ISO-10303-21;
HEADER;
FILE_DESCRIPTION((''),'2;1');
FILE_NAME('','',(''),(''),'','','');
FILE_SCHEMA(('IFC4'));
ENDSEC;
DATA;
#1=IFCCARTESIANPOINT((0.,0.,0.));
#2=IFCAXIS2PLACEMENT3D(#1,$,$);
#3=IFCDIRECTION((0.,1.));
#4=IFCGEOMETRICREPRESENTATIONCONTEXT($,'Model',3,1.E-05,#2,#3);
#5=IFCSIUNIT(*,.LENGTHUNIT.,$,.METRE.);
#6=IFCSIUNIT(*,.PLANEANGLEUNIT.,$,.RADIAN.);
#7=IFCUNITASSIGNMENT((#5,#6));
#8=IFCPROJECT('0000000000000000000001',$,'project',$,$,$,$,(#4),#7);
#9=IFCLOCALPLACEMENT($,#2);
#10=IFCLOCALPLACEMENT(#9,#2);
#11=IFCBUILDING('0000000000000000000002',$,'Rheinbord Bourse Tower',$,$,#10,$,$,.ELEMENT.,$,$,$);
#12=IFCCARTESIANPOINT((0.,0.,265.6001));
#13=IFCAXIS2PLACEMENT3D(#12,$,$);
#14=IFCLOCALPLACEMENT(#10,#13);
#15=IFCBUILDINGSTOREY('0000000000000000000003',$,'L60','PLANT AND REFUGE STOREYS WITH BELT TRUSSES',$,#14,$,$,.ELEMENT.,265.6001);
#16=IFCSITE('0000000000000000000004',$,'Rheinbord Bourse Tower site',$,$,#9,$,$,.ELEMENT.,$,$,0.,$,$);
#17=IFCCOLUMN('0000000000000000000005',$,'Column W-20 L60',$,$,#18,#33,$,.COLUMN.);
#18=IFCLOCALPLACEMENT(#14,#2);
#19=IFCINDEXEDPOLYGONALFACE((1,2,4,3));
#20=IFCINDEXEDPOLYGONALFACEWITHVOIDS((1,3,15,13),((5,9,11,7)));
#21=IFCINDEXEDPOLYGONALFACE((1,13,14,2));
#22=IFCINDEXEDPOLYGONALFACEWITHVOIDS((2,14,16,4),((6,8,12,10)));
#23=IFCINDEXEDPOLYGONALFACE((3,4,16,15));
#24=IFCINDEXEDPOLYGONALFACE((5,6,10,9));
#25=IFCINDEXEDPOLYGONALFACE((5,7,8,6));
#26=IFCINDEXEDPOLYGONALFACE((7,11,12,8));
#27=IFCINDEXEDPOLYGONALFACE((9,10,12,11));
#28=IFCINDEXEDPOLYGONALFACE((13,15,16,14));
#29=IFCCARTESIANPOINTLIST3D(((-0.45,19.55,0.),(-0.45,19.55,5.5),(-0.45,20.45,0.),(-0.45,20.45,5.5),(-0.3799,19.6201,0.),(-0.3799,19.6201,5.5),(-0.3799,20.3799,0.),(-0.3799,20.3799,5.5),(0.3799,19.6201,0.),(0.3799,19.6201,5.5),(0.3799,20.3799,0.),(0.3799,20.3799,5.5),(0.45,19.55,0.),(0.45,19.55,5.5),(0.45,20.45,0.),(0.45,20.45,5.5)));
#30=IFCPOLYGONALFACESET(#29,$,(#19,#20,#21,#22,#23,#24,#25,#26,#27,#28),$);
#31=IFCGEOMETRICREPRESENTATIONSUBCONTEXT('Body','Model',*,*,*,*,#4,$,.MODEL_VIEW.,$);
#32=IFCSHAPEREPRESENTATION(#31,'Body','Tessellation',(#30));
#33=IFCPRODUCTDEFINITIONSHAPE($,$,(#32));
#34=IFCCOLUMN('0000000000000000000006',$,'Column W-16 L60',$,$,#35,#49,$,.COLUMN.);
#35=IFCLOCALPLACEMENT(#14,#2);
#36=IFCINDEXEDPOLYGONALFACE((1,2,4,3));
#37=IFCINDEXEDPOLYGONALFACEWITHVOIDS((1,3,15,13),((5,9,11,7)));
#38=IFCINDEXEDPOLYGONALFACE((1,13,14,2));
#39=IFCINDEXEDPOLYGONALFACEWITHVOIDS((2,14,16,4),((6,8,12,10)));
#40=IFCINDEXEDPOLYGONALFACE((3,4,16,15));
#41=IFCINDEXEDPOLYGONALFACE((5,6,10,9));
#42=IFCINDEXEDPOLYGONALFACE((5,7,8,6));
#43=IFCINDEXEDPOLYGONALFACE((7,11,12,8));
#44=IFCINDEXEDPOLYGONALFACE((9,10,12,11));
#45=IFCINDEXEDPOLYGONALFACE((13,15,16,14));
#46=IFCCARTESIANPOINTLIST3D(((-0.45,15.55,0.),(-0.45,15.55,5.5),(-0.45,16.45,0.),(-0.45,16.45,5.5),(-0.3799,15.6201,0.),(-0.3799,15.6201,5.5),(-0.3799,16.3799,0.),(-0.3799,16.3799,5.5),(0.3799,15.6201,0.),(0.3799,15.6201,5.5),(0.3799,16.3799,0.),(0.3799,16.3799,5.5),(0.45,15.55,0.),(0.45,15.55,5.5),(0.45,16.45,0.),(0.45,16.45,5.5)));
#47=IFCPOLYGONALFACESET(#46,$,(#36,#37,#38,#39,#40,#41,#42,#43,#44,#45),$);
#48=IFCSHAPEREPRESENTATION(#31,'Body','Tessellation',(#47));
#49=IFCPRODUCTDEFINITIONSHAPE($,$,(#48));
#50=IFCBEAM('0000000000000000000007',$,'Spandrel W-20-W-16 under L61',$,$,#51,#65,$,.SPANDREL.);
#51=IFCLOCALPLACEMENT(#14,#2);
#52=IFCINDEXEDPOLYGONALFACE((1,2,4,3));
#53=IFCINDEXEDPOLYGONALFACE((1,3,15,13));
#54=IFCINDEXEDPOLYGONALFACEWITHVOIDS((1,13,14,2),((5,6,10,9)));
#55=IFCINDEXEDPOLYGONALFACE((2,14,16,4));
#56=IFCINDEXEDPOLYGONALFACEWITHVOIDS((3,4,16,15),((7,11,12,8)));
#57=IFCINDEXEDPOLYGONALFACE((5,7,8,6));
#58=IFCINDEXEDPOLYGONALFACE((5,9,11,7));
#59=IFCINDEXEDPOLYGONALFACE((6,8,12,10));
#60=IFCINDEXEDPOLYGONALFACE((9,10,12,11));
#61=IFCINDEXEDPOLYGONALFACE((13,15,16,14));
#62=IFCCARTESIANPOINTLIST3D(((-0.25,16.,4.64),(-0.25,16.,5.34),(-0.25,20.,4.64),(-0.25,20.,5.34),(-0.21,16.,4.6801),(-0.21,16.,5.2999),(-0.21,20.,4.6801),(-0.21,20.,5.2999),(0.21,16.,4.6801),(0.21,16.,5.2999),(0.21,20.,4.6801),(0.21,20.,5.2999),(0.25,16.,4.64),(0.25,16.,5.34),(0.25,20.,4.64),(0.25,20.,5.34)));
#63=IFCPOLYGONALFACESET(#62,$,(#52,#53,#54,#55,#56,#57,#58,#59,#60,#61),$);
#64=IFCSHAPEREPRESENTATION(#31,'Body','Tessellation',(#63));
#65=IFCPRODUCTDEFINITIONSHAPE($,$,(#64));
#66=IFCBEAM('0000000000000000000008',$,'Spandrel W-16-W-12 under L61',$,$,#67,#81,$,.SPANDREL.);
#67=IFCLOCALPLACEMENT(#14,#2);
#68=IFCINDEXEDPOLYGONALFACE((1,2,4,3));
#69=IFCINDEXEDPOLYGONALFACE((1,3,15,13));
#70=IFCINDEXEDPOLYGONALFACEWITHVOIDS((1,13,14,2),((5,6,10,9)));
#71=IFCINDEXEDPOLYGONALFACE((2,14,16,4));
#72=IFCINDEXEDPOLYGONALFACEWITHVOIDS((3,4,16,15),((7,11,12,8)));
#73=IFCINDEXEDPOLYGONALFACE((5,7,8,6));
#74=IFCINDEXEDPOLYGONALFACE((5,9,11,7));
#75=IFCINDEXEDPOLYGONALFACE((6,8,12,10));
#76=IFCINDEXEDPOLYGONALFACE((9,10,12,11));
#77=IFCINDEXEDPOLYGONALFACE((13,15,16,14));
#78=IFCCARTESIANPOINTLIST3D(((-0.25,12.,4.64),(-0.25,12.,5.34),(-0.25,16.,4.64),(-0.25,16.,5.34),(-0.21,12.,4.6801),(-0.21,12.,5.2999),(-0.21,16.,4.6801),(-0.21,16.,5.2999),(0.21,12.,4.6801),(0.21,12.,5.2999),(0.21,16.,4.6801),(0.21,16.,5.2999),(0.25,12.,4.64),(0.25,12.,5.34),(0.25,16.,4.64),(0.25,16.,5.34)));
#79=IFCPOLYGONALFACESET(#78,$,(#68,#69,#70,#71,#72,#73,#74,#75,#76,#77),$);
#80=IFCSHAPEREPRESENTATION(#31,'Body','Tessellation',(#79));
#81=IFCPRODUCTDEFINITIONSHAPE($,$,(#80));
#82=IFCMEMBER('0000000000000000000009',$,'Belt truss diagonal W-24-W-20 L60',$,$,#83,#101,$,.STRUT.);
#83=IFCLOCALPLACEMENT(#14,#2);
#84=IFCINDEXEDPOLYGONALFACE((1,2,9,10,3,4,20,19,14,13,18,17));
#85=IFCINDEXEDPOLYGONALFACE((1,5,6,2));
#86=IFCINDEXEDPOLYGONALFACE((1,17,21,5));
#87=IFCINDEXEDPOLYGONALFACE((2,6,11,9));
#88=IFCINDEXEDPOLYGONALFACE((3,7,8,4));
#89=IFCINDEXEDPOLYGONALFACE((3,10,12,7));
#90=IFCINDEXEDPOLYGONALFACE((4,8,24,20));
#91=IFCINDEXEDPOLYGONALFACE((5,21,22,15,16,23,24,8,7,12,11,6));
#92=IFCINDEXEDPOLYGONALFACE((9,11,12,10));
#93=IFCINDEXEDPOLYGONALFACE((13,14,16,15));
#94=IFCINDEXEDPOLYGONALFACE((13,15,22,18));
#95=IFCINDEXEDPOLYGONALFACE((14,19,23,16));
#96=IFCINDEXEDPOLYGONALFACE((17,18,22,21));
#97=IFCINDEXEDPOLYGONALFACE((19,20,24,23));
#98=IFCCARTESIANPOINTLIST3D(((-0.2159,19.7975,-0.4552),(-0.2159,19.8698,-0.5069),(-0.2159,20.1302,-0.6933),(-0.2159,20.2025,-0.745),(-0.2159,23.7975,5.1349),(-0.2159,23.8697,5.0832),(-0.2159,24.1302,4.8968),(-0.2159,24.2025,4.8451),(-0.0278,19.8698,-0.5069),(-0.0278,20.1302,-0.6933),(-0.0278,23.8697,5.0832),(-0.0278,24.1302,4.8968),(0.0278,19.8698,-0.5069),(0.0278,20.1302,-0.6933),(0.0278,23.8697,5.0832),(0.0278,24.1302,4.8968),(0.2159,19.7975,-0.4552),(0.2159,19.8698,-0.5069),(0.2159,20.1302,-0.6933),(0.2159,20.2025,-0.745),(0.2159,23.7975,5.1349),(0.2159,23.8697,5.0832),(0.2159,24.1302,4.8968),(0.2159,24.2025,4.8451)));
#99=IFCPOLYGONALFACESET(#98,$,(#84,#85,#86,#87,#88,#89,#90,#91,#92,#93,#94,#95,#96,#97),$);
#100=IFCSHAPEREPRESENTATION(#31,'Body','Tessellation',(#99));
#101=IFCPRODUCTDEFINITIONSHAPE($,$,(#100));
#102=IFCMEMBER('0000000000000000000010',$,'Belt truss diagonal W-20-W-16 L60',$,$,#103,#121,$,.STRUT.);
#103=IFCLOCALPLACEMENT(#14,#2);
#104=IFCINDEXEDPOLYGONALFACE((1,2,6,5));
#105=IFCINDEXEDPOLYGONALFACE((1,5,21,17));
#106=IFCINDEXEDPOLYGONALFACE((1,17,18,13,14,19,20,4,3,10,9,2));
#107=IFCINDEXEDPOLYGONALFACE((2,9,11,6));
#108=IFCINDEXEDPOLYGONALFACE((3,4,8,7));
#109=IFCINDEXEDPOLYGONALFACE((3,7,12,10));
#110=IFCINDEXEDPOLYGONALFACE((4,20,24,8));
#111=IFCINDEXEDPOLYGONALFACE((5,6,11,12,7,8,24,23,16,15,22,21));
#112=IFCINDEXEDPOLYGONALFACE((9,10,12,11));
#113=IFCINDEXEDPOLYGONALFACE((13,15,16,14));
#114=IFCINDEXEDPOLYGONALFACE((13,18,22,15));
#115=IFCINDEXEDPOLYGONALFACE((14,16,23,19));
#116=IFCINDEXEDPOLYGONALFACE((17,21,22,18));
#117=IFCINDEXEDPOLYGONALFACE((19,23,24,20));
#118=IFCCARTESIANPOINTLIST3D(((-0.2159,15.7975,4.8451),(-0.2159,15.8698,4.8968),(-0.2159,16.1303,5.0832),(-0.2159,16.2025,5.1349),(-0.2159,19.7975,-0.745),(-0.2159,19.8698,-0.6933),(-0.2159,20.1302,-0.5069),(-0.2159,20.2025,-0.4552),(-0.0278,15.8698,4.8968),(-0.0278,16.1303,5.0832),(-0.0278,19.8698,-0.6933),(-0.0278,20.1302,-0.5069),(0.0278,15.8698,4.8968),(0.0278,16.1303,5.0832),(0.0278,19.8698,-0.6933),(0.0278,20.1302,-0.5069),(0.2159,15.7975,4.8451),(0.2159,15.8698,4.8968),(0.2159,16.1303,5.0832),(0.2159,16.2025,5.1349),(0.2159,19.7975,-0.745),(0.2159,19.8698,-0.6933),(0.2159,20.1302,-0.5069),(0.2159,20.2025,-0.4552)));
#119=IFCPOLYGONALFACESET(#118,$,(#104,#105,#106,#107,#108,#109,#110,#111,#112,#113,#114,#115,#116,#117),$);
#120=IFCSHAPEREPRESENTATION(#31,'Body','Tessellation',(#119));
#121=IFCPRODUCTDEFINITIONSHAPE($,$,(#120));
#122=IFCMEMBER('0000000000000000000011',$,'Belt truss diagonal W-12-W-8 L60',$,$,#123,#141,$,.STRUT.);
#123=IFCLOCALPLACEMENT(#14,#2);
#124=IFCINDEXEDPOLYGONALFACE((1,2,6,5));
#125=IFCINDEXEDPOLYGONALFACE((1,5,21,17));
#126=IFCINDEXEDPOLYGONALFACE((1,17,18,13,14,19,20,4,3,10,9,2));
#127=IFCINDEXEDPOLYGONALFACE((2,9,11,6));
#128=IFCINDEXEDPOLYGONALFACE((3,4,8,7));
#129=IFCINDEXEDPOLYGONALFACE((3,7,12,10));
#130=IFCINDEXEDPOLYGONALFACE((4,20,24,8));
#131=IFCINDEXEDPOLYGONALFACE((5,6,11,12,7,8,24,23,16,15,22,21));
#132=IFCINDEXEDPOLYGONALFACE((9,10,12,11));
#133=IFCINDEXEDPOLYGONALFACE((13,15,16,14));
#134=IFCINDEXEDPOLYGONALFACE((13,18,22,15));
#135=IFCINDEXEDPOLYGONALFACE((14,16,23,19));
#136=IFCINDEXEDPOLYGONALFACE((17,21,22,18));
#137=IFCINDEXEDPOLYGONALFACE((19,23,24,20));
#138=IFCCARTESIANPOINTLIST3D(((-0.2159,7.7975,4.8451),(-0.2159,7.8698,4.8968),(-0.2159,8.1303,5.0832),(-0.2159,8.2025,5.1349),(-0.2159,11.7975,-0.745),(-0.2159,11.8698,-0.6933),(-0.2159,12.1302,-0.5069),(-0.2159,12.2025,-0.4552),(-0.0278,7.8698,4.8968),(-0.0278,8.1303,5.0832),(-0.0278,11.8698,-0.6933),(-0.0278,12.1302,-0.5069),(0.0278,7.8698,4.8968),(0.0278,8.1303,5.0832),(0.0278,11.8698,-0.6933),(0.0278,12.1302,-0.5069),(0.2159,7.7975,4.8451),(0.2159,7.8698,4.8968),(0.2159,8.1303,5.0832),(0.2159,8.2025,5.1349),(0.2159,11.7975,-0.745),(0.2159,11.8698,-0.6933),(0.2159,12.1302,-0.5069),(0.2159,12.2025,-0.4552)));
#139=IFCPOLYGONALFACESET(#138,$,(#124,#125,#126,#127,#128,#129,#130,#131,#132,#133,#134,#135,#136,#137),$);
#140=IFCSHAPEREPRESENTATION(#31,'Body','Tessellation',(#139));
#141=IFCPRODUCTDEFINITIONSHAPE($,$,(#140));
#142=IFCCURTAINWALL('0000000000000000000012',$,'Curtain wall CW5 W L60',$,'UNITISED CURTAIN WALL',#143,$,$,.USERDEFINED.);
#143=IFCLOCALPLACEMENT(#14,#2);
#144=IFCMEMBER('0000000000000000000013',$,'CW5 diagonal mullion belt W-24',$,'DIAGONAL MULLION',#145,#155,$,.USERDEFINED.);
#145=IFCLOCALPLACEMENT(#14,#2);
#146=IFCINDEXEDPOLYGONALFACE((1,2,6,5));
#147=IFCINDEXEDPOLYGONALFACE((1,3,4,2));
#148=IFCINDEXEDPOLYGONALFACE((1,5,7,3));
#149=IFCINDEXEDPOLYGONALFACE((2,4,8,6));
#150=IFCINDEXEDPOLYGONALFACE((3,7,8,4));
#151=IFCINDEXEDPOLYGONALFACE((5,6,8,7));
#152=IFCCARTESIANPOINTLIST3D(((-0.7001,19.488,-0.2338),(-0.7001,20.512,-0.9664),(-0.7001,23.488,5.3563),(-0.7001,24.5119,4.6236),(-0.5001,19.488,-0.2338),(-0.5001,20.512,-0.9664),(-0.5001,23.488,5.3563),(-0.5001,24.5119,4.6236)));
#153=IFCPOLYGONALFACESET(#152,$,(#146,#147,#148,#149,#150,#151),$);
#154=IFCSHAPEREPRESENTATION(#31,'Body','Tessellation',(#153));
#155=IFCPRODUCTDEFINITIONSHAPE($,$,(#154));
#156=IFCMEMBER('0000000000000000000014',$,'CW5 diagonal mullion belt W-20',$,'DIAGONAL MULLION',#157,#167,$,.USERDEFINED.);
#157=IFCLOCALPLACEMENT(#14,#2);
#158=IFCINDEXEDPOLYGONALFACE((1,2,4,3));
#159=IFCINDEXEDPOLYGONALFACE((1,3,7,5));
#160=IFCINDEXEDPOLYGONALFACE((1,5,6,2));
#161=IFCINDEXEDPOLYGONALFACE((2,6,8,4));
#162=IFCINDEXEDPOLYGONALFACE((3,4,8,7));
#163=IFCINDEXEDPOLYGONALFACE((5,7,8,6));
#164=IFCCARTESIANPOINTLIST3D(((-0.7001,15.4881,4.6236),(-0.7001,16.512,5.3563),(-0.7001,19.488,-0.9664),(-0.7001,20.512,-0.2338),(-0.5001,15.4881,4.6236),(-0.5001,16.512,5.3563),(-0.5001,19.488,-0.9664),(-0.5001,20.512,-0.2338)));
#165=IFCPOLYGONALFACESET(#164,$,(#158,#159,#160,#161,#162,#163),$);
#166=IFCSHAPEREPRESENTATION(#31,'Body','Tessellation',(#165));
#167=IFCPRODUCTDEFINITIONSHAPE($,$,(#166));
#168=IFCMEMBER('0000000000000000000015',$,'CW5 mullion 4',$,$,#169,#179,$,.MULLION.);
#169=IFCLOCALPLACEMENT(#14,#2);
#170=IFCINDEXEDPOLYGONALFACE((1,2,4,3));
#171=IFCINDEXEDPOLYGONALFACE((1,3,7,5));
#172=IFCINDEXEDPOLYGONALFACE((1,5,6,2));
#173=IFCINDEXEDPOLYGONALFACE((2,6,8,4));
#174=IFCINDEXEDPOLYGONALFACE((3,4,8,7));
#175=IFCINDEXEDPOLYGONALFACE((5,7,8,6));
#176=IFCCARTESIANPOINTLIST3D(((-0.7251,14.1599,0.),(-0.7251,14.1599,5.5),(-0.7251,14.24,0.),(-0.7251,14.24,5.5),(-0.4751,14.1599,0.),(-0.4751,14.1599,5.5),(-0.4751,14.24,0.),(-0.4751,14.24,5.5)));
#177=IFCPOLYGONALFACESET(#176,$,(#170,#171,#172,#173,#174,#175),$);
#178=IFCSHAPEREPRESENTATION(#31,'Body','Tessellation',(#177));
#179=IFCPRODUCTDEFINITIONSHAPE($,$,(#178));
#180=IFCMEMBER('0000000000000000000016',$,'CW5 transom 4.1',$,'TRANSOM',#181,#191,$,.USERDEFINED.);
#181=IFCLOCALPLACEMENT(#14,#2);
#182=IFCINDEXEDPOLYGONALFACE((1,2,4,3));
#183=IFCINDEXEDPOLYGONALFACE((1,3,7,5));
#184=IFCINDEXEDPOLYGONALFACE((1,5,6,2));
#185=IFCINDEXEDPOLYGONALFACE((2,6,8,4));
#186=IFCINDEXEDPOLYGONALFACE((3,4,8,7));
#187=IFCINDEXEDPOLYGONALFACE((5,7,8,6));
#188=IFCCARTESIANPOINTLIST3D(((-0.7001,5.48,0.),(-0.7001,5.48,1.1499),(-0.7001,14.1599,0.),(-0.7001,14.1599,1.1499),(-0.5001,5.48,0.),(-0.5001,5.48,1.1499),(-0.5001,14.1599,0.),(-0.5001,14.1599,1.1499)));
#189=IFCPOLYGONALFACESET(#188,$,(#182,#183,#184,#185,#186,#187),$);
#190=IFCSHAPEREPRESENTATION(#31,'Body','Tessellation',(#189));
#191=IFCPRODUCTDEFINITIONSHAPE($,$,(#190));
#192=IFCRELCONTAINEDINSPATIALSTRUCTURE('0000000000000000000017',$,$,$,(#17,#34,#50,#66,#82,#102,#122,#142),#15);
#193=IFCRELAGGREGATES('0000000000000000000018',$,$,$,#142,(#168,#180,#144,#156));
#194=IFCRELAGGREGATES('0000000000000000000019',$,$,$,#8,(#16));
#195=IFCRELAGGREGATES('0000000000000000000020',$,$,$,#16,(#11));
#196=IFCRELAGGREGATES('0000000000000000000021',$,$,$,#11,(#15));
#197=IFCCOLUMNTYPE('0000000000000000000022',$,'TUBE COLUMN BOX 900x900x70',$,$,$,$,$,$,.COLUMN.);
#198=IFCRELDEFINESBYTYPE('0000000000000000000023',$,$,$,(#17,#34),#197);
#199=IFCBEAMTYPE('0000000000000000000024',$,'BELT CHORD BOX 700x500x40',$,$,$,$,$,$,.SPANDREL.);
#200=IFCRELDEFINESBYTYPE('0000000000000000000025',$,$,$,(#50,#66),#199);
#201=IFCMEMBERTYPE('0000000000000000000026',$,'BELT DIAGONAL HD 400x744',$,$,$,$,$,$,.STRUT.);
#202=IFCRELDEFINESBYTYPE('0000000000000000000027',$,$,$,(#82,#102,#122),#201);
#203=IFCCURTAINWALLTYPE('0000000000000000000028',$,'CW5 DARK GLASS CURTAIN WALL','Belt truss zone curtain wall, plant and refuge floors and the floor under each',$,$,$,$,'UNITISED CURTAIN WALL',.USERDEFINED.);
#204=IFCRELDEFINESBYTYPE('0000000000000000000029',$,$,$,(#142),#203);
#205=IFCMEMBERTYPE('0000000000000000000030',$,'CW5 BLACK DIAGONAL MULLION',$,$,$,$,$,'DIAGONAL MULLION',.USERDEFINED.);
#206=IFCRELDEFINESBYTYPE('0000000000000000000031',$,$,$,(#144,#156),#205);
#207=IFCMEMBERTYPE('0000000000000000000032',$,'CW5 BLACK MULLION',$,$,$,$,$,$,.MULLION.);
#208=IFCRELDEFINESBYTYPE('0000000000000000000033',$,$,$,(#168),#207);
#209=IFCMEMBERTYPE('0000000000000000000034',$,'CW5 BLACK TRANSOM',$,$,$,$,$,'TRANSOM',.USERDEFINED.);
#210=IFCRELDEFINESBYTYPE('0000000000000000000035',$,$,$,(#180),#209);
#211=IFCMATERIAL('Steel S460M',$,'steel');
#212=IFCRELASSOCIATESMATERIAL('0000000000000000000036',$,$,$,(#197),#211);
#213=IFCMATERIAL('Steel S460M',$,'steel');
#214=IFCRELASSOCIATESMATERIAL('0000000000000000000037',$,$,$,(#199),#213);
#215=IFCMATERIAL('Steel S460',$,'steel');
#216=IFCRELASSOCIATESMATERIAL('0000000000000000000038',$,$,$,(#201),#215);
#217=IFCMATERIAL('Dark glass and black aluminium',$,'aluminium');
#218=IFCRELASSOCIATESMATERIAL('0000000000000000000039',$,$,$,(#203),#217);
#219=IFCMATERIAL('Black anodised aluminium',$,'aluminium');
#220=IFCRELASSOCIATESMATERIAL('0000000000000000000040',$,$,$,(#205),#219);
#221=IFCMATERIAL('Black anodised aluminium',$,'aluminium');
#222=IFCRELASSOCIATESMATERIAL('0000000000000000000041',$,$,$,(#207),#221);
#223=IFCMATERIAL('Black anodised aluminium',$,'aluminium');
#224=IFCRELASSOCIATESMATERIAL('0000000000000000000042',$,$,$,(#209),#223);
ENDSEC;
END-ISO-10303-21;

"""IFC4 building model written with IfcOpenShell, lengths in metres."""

from ifc_helpers import new_model, si_unit, direction, frame, origin, origin_2d, place, context, subcontext, project, spatial, rectangle, hollow_rectangle, i_section, extrude, material, material_profile, profile_set, type_object, element, aggregate, save


model = new_model("IFC4")

# Units and contexts
model_context = context("Model", 3, precision=1e-05, world=origin(), true_north=direction((0.0, 1.0)))
body_context = subcontext(model_context, "Body", "Model", "MODEL_VIEW")
ifc_project = project(units=[si_unit("LENGTHUNIT", "METRE"), si_unit("PLANEANGLEUNIT", "RADIAN")], contexts=[model_context])

# Site, building, storey
site_placement = place(None, origin())
site = spatial("IfcSite", under=ifc_project, at=site_placement, Name="Rheinbord Bourse Tower site", CompositionType="ELEMENT", RefElevation=0.0)
building_placement = place(site_placement, origin())
building = spatial("IfcBuilding", under=site, at=building_placement, Name="Rheinbord Bourse Tower", CompositionType="ELEMENT")
storey_placement = place(building_placement, frame((0.0, 0.0, 265.6001)))
storey = spatial("IfcBuildingStorey", under=building, at=storey_placement, Name="L60", Description="PLANT AND REFUGE STOREYS WITH BELT TRUSSES", CompositionType="ELEMENT", Elevation=265.6001)

# Columns
ifc_material_1 = material(Name="Steel S460M", Category="steel")
ifc_material_profile_1 = material_profile(ifc_material_1, hollow_rectangle(XDim=0.8999, YDim=0.8999, WallThickness=0.0701, at=origin_2d()), Name="BOX 900x900x70")
ifc_profile_set_1 = profile_set([ifc_material_profile_1], Name="Steel S460M")
column_type = type_object("IfcColumnType", Name="TUBE COLUMN BOX 900x900x70", PredefinedType="COLUMN", material=ifc_profile_set_1)
for number, where, z_axis, x_axis, name in (
    (1, (0.0, 20.0, 0.0), (0.0, 0.0, 1.0), (1.0, 0.0, 0.0), "Column W-20 L60"),
    (2, (0.0, 16.0, 0.0), (0.0, 0.0, 1.0), (1.0, 0.0, 0.0), "Column W-16 L60"),
):
    element("IfcColumn", number, at=place(storey_placement, frame(where, z_axis=z_axis, x_axis=x_axis)), inside=storey, type_object=column_type, Name=name, PredefinedType="COLUMN", context=body_context, shape_type="SweptSolid", body=[
        extrude(hollow_rectangle(XDim=0.8999, YDim=0.8999, WallThickness=0.0701, at=origin_2d()), origin(), (0.0, 0.0, 1.0), 5.5),
    ])

# Beams
ifc_material_2 = material(Name="Steel S460M", Category="steel")
ifc_material_profile_2 = material_profile(ifc_material_2, hollow_rectangle(XDim=0.5, YDim=0.7, WallThickness=0.04, at=origin_2d()), Name="BOX 700x500x40")
ifc_profile_set_2 = profile_set([ifc_material_profile_2], Name="Steel S460M")
beam_type_1 = type_object("IfcBeamType", Name="BELT CHORD BOX 700x500x40", PredefinedType="SPANDREL", material=ifc_profile_set_2)
for number, where, z_axis, x_axis, name in (
    (3, (0.0, 20.0, 4.99), (0.0, -1.0, 0.0), (1.0, 0.0, 0.0), "Spandrel W-20-W-16 under L61"),
    (4, (0.0, 16.0, 4.99), (0.0, -1.0, 0.0), (1.0, 0.0, 0.0), "Spandrel W-16-W-12 under L61"),
):
    element("IfcBeam", number, at=place(storey_placement, frame(where, z_axis=z_axis, x_axis=x_axis)), inside=storey, type_object=beam_type_1, Name=name, PredefinedType="SPANDREL", context=body_context, shape_type="SweptSolid", body=[
        extrude(hollow_rectangle(XDim=0.5, YDim=0.7, WallThickness=0.04, at=origin_2d()), origin(), (0.0, 0.0, 1.0), 4.0),
    ])

# Members
ifc_material_3 = material(Name="Steel S460", Category="steel")
ifc_material_profile_3 = material_profile(ifc_material_3, i_section(OverallWidth=0.4319, OverallDepth=0.498, WebThickness=0.0557, FlangeThickness=0.0889, at=origin_2d()), Name="HD 400x744")
ifc_profile_set_3 = profile_set([ifc_material_profile_3], Name="Steel S460")
member_type_1 = type_object("IfcMemberType", Name="BELT DIAGONAL HD 400x744", PredefinedType="STRUT", material=ifc_profile_set_3)
for number, where, z_axis, x_axis, name in (
    (5, (0.0, 20.0, -0.6001), (0.0, 0.58192, 0.813246), (-1.0, 0.0, 0.0), "Belt truss diagonal W-24-W-20 L60"),
    (6, (0.0, 20.0, -0.6001), (0.0, -0.58192, 0.813246), (1.0, 0.0, 0.0), "Belt truss diagonal W-20-W-16 L60"),
    (7, (0.0, 12.0, -0.6001), (0.0, -0.58192, 0.813246), (1.0, 0.0, 0.0), "Belt truss diagonal W-12-W-8 L60"),
):
    element("IfcMember", number, at=place(storey_placement, frame(where, z_axis=z_axis, x_axis=x_axis)), inside=storey, type_object=member_type_1, Name=name, PredefinedType="STRUT", context=body_context, shape_type="SweptSolid", body=[
        extrude(i_section(OverallWidth=0.4319, OverallDepth=0.498, WebThickness=0.0557, FlangeThickness=0.0889, at=origin_2d()), origin(), (0.0, 0.0, 1.0), 6.8738),
    ])

# Curtain wall, members
ifc_material_4 = material(Name="Dark glass and black aluminium", Category="aluminium")
curtain_wall_type = type_object("IfcCurtainWallType", Name="CW5 DARK GLASS CURTAIN WALL", Description="Belt truss zone curtain wall, plant and refuge floors and the floor under each", ElementType="UNITISED CURTAIN WALL", PredefinedType="USERDEFINED", material=ifc_material_4)
curtain_wall_placement = place(storey_placement, origin())
curtain_wall = element("IfcCurtainWall", 8, at=curtain_wall_placement, inside=storey, type_object=curtain_wall_type, Name="Curtain wall CW5 W L60", ObjectType="UNITISED CURTAIN WALL", PredefinedType="USERDEFINED")
ifc_material_5 = material(Name="Black anodised aluminium", Category="aluminium")
ifc_material_profile_4 = material_profile(ifc_material_5, rectangle(XDim=0.2, YDim=1.259, at=origin_2d()), Name="CW5 DIAGONAL MULLION 1259x200")
ifc_profile_set_4 = profile_set([ifc_material_profile_4], Name="Black anodised aluminium")
member_type_2 = type_object("IfcMemberType", Name="CW5 BLACK DIAGONAL MULLION", ElementType="DIAGONAL MULLION", PredefinedType="USERDEFINED", material=ifc_profile_set_4)
member_1_placement = place(storey_placement, frame((-0.6001, 20.0, -0.6001), z_axis=(0.0, 0.58192, 0.813246), x_axis=(-1.0, 0.0, 0.0)))
member_1 = element("IfcMember", 9, at=member_1_placement, type_object=member_type_2, Name="CW5 diagonal mullion belt W-24", ObjectType="DIAGONAL MULLION", PredefinedType="USERDEFINED", context=body_context, shape_type="SweptSolid", body=[
    extrude(rectangle(XDim=0.2, YDim=1.259, at=origin_2d()), origin(), (0.0, 0.0, 1.0), 6.8738),
])
member_2_placement = place(storey_placement, frame((-0.6001, 20.0, -0.6001), z_axis=(0.0, -0.58192, 0.813246), x_axis=(1.0, 0.0, 0.0)))
member_2 = element("IfcMember", 10, at=member_2_placement, type_object=member_type_2, Name="CW5 diagonal mullion belt W-20", ObjectType="DIAGONAL MULLION", PredefinedType="USERDEFINED", context=body_context, shape_type="SweptSolid", body=[
    extrude(rectangle(XDim=0.2, YDim=1.259, at=origin_2d()), origin(), (0.0, 0.0, 1.0), 6.8738),
])
ifc_material_6 = material(Name="Black anodised aluminium", Category="aluminium")
ifc_material_profile_5 = material_profile(ifc_material_6, rectangle(XDim=0.25, YDim=0.0801, at=origin_2d()), Name="CW5 MULLION 80x250")
ifc_profile_set_5 = profile_set([ifc_material_profile_5], Name="Black anodised aluminium")
member_type_3 = type_object("IfcMemberType", Name="CW5 BLACK MULLION", PredefinedType="MULLION", material=ifc_profile_set_5)
member_3_placement = place(storey_placement, frame((-0.6001, 14.2, 0.0), z_axis=(0.0, 0.0, 1.0), x_axis=(1.0, 0.0, 0.0)))
member_3 = element("IfcMember", 11, at=member_3_placement, type_object=member_type_3, Name="CW5 mullion 4", PredefinedType="MULLION", context=body_context, shape_type="SweptSolid", body=[
    extrude(rectangle(XDim=0.25, YDim=0.0801, at=origin_2d()), origin(), (0.0, 0.0, 1.0), 5.5),
])
ifc_material_7 = material(Name="Black anodised aluminium", Category="aluminium")
ifc_material_profile_6 = material_profile(ifc_material_7, rectangle(XDim=0.2, YDim=1.1499, at=origin_2d()), Name="CW5 TRANSOM 1150x200")
ifc_profile_set_6 = profile_set([ifc_material_profile_6], Name="Black anodised aluminium")
member_type_4 = type_object("IfcMemberType", Name="CW5 BLACK TRANSOM", ElementType="TRANSOM", PredefinedType="USERDEFINED", material=ifc_profile_set_6)
member_4_placement = place(storey_placement, frame((-0.6001, 14.1599, 0.575), z_axis=(0.0, -1.0, 0.0), x_axis=(1.0, 0.0, 0.0)))
member_4 = element("IfcMember", 12, at=member_4_placement, type_object=member_type_4, Name="CW5 transom 4.1", ObjectType="TRANSOM", PredefinedType="USERDEFINED", context=body_context, shape_type="SweptSolid", body=[
    extrude(rectangle(XDim=0.2, YDim=1.1499, at=origin_2d()), origin(), (0.0, 0.0, 1.0), 8.6799),
])

aggregate(curtain_wall, [member_3, member_4, member_1, member_2])

save(model, "model.ifc")
